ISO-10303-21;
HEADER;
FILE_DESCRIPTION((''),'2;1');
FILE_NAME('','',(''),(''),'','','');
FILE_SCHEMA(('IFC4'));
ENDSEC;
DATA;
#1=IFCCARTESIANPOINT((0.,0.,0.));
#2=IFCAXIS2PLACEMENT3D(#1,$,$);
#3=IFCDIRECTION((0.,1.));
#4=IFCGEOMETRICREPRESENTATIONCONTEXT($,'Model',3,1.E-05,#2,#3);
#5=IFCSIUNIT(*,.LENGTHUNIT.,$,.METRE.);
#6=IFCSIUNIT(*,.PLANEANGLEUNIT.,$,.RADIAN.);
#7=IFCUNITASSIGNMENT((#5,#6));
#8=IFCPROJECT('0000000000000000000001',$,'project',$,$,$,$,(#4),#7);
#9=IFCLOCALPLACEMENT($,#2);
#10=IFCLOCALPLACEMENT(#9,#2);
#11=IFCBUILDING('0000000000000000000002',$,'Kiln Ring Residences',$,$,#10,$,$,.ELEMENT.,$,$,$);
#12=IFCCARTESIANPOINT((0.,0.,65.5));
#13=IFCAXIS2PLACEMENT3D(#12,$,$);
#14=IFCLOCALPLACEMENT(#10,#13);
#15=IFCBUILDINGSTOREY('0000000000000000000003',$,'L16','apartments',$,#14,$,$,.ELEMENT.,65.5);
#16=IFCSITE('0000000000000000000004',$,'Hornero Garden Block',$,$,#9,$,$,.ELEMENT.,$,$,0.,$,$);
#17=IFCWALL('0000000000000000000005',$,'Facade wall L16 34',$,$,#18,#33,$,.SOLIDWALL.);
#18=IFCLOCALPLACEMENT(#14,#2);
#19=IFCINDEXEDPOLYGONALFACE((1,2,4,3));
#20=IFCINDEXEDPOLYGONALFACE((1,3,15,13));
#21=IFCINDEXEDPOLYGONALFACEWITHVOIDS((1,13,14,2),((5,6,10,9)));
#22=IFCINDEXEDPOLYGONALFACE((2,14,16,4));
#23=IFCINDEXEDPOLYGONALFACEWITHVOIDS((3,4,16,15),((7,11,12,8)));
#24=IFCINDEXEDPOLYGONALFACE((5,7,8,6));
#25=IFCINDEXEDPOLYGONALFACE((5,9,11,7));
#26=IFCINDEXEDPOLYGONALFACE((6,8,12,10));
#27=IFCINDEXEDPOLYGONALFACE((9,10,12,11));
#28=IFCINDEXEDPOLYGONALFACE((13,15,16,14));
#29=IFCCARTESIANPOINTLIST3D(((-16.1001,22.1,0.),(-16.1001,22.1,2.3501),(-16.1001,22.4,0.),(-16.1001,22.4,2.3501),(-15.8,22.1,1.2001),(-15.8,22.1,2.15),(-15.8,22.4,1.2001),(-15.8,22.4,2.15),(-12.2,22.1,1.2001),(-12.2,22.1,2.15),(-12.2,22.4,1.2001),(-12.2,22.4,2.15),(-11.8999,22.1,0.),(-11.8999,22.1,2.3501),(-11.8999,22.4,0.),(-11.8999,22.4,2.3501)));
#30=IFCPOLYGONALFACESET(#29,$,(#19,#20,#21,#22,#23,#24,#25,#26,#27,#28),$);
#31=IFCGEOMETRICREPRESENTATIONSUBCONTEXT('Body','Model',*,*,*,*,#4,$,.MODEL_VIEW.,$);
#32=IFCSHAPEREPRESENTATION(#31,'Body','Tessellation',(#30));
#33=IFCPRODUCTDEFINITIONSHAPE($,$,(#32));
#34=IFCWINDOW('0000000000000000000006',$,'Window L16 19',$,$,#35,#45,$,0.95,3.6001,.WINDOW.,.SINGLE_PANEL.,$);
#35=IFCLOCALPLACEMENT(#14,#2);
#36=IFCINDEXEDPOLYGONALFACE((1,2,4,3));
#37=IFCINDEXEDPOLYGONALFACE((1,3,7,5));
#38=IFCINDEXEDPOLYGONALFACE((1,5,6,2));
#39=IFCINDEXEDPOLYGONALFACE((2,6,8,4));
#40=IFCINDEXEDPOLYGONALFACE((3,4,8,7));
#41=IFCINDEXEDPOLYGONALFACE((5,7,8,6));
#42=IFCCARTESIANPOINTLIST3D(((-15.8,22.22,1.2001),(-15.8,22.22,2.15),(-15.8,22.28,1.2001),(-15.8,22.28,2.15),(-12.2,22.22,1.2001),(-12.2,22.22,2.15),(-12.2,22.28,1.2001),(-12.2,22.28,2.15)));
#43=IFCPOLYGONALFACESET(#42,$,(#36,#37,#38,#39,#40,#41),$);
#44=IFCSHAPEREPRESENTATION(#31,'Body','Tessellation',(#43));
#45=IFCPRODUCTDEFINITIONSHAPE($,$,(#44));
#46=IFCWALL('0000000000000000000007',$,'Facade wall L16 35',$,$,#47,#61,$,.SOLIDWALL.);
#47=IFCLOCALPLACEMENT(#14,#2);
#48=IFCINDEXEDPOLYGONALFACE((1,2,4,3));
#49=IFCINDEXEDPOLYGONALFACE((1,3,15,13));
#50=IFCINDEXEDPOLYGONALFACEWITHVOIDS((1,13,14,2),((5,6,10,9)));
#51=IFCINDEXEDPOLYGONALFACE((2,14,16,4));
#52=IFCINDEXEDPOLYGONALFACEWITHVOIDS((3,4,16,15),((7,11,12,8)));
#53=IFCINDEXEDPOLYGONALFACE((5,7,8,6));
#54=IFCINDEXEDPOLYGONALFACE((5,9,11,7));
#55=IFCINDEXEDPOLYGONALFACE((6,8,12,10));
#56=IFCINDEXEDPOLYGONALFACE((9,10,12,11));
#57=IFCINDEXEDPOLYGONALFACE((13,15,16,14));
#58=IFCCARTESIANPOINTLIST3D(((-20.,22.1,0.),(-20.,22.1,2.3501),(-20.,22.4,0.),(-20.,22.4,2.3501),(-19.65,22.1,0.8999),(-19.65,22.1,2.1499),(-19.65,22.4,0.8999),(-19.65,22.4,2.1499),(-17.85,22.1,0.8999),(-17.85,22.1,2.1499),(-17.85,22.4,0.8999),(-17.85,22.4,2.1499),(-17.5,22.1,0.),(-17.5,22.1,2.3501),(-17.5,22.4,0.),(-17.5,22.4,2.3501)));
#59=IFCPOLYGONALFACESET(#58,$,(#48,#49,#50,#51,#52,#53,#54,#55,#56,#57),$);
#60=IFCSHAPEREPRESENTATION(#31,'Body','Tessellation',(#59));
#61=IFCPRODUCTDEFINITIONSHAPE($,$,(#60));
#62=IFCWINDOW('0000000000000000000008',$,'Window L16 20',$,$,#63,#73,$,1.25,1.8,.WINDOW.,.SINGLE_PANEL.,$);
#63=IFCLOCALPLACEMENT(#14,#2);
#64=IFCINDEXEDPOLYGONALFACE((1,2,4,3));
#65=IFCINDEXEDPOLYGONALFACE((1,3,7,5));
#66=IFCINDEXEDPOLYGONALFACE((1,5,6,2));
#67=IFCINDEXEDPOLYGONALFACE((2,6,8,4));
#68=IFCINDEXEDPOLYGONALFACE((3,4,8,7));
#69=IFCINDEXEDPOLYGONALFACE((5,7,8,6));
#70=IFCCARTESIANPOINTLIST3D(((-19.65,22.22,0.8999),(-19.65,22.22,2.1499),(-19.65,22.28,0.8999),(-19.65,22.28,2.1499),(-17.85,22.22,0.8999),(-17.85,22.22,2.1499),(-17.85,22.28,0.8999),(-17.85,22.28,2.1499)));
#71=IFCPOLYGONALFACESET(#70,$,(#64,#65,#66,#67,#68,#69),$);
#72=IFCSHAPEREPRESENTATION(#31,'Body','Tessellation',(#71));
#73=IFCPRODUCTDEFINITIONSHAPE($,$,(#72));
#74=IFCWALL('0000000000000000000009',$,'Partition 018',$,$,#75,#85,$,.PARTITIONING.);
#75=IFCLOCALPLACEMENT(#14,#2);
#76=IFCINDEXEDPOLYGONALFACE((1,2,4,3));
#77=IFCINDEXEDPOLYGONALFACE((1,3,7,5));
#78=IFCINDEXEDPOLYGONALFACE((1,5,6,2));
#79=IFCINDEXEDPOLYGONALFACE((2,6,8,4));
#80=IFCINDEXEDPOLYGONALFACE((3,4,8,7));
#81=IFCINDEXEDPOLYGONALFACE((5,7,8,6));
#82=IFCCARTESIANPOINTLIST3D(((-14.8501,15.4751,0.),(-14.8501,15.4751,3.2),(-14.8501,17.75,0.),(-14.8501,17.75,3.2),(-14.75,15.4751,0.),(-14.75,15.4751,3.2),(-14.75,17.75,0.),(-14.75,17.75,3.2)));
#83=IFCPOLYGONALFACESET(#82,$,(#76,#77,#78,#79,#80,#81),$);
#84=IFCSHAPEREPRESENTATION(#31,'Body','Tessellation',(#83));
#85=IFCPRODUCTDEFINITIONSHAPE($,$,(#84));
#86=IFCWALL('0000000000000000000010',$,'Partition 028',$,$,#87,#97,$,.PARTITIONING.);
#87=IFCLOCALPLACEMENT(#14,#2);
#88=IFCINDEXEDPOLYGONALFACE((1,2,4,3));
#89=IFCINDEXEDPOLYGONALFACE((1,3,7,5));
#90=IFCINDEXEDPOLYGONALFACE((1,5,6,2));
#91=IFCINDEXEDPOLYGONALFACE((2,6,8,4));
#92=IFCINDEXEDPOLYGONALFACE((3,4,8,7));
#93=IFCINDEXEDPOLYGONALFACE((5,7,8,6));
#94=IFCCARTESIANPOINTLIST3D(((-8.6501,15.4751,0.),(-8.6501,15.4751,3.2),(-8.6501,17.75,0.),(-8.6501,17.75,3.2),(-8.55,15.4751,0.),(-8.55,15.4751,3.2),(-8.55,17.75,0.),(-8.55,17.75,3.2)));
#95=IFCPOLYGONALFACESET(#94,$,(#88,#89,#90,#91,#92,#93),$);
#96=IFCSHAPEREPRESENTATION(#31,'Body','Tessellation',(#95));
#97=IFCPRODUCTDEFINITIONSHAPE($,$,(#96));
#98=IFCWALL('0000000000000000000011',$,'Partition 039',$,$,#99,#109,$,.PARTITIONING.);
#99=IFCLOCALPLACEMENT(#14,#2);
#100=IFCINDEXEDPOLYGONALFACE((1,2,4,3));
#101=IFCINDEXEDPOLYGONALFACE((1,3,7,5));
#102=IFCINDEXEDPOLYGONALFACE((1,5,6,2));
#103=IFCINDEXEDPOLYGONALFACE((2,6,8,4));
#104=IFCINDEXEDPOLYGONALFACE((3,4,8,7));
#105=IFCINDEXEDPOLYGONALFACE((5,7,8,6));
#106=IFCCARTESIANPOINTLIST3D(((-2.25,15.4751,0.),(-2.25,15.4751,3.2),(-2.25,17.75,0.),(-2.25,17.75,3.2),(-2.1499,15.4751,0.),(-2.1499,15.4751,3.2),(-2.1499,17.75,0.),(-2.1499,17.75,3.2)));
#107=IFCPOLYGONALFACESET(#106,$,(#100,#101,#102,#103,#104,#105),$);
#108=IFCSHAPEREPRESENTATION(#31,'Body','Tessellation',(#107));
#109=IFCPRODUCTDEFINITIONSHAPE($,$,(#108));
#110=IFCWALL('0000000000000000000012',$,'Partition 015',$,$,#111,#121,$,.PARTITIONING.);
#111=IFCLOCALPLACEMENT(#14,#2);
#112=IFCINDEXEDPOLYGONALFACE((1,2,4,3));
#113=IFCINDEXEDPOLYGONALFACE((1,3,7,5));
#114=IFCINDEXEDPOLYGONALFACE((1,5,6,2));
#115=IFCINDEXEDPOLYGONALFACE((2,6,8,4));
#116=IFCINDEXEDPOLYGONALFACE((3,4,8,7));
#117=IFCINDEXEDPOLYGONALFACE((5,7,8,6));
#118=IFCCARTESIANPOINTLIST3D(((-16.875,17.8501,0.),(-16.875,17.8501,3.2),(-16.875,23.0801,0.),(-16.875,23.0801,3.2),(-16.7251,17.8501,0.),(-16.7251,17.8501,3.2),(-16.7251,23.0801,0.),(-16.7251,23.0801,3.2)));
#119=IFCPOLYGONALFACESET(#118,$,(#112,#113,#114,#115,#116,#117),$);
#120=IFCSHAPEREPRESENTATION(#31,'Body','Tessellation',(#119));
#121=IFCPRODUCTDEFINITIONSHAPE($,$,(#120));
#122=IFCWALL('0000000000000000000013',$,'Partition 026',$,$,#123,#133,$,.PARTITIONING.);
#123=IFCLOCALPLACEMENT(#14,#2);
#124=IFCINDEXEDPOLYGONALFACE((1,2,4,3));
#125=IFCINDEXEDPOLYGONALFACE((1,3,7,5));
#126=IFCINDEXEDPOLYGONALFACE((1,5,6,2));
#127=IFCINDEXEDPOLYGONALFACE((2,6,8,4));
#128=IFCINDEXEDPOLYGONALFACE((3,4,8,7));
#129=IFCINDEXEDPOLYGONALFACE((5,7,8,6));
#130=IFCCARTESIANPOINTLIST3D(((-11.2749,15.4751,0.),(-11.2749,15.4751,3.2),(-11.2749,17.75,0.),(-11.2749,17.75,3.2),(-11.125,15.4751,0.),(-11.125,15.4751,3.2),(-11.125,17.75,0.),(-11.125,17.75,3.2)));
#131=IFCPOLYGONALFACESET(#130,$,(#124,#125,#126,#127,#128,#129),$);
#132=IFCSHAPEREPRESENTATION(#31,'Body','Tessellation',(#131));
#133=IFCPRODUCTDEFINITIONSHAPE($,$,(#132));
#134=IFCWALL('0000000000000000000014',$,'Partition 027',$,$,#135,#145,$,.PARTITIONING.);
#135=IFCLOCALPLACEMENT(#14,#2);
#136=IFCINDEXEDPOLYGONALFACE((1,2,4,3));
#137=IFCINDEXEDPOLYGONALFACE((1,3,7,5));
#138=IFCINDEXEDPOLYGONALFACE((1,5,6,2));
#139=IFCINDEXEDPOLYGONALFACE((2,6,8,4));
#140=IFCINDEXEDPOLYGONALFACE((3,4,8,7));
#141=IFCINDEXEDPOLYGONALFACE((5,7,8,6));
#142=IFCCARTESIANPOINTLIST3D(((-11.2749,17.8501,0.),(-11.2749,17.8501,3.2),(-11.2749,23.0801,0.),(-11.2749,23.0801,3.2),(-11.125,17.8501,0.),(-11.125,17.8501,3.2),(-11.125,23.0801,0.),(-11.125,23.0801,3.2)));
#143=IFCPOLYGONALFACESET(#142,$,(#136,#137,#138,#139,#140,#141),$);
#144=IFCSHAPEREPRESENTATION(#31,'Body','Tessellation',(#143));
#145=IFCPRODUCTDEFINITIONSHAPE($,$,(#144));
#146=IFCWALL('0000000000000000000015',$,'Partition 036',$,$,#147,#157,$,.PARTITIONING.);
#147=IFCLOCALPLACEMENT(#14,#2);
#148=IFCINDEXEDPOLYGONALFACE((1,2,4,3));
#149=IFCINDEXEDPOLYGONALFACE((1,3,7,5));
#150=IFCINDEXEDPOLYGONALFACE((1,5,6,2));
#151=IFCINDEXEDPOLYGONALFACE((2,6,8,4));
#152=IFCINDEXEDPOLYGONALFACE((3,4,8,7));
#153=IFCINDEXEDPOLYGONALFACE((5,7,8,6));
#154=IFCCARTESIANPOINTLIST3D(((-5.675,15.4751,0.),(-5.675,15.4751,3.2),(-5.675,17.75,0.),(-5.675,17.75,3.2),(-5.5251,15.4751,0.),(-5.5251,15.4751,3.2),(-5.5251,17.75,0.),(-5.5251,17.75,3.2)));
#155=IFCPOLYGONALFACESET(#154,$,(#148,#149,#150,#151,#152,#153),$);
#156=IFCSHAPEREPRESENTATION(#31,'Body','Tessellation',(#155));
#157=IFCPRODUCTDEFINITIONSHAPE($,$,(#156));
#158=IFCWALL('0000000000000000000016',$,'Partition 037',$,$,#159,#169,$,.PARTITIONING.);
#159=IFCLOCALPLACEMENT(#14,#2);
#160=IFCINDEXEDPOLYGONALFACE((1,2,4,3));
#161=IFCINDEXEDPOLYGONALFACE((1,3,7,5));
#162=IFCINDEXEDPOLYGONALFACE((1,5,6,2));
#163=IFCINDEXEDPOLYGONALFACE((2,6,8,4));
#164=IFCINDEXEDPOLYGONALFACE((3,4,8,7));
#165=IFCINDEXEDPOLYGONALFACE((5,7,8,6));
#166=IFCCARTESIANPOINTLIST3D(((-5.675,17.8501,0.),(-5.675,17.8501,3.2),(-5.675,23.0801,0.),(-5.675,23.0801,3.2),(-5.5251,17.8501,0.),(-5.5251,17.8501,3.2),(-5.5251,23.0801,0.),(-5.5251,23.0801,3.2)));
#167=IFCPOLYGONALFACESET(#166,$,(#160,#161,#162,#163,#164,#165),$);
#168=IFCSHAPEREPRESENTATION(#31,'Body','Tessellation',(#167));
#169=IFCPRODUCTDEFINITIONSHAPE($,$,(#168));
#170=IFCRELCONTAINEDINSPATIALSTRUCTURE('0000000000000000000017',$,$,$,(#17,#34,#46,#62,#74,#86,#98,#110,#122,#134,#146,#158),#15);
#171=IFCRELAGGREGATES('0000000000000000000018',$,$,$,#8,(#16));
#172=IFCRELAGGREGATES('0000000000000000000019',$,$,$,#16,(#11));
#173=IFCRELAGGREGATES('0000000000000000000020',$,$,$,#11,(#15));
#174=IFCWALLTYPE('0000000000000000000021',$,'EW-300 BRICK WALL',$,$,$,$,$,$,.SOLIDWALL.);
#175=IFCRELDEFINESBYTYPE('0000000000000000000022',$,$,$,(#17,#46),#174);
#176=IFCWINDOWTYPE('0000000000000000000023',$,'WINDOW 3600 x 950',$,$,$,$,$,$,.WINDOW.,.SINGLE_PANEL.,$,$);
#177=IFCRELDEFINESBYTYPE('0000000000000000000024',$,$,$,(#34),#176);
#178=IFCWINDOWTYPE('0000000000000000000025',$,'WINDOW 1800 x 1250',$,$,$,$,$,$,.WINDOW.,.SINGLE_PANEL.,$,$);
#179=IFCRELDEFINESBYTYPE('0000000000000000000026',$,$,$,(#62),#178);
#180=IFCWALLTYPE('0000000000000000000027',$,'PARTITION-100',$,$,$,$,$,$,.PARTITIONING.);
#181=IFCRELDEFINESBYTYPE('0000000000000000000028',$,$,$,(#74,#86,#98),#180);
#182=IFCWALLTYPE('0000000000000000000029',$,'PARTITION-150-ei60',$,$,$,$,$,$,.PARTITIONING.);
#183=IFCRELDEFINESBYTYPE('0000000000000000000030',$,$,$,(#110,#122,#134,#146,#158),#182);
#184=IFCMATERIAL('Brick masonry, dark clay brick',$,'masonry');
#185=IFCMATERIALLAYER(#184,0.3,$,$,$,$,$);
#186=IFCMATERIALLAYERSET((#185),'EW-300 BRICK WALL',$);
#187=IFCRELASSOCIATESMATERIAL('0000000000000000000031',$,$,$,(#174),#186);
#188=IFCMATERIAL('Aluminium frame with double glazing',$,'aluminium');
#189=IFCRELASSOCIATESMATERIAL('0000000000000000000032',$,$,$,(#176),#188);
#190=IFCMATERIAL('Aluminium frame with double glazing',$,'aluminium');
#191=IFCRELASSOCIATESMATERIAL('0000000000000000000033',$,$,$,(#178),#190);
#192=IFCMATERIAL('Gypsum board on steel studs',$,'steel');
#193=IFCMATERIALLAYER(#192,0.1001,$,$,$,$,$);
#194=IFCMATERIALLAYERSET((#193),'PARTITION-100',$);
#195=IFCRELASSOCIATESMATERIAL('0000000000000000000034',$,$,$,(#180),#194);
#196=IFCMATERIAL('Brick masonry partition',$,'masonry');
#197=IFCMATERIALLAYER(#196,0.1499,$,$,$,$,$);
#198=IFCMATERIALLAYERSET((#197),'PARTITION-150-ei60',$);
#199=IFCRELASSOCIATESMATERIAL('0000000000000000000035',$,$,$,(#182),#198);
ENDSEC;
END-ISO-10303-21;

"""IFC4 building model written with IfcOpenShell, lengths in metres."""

from ifc_helpers import new_model, si_unit, direction, frame, frame_2d, origin, place, context, subcontext, project, spatial, rectangle, extrude, material, layer, layer_set, type_object, element, fill, save


model = new_model("IFC4")

# Units and contexts
model_context = context("Model", 3, precision=1e-05, world=origin(), true_north=direction((0.0, 1.0)))
body_context = subcontext(model_context, "Body", "Model", "MODEL_VIEW")
ifc_project = project(units=[si_unit("LENGTHUNIT", "METRE"), si_unit("PLANEANGLEUNIT", "RADIAN")], contexts=[model_context])

# Site, building, storey
site_placement = place(None, origin())
site = spatial("IfcSite", under=ifc_project, at=site_placement, Name="Hornero Garden Block", CompositionType="ELEMENT", RefElevation=0.0)
building_placement = place(site_placement, origin())
building = spatial("IfcBuilding", under=site, at=building_placement, Name="Kiln Ring Residences", CompositionType="ELEMENT")
storey_placement = place(building_placement, frame((0.0, 0.0, 65.5)))
storey = spatial("IfcBuildingStorey", under=building, at=storey_placement, Name="L16", Description="apartments", CompositionType="ELEMENT", Elevation=65.5)

# Walls, openings, windows
ifc_material_1 = material(Name="Brick masonry, dark clay brick", Category="masonry")
ifc_layer_1 = layer(ifc_material_1, 0.3)
ifc_layer_set_1 = layer_set([ifc_layer_1], Name="EW-300 BRICK WALL")
wall_type_1 = type_object("IfcWallType", Name="EW-300 BRICK WALL", PredefinedType="SOLIDWALL", material=ifc_layer_set_1)
ifc_material_2 = material(Name="Aluminium frame with double glazing", Category="aluminium")
window_type_1 = type_object("IfcWindowType", Name="WINDOW 3600 x 950", PartitioningType="SINGLE_PANEL", PredefinedType="WINDOW", material=ifc_material_2)
wall_1_placement = place(storey_placement, frame((-11.8999, 22.25, 0.0), z_axis=(0.0, 0.0, 1.0), x_axis=(-1.0, 0.0, 0.0)))
wall_1 = element("IfcWall", 1, at=wall_1_placement, inside=storey, type_object=wall_type_1, Name="Facade wall L16 34", PredefinedType="SOLIDWALL", context=body_context, shape_type="SweptSolid", body=[
    extrude(rectangle(XDim=4.2002, YDim=0.3, at=frame_2d((2.1001, 0.0))), origin(), (0.0, 0.0, 1.0), 2.3501),
])
opening_1_placement = place(wall_1_placement, frame((0.3, 0.0, 1.2)))
opening_1 = element("IfcOpeningElement", 2, at=opening_1_placement, cuts=wall_1, PredefinedType="OPENING", context=body_context, shape_type="SweptSolid", body=[
    extrude(rectangle(XDim=3.6001, YDim=0.95, at=frame_2d((1.8, 0.4751))), frame((0.0, 0.1599, 0.0), z_axis=(0.0, -1.0, 0.0), x_axis=(1.0, 0.0, 0.0)), (0.0, 0.0, 1.0), 0.3201),
])
window_1_placement = place(opening_1_placement, origin())
window_1 = element("IfcWindow", 3, at=window_1_placement, inside=storey, type_object=window_type_1, Name="Window L16 19", OverallHeight=0.95, OverallWidth=3.6001, PartitioningType="SINGLE_PANEL", PredefinedType="WINDOW", context=body_context, shape_type="SweptSolid", body=[
    extrude(rectangle(XDim=3.6001, YDim=0.95, at=frame_2d((1.8, 0.4751))), frame((0.0, 0.03, 0.0), z_axis=(0.0, -1.0, 0.0), x_axis=(1.0, 0.0, 0.0)), (0.0, 0.0, 1.0), 0.0601),
])
fill(opening_1, window_1)
wall_2_placement = place(storey_placement, frame((-17.5, 22.25, 0.0), z_axis=(0.0, 0.0, 1.0), x_axis=(-1.0, 0.0, 0.0)))
wall_2 = element("IfcWall", 4, at=wall_2_placement, inside=storey, type_object=wall_type_1, Name="Facade wall L16 35", PredefinedType="SOLIDWALL", context=body_context, shape_type="SweptSolid", body=[
    extrude(rectangle(XDim=2.5, YDim=0.3, at=frame_2d((1.25, 0.0))), origin(), (0.0, 0.0, 1.0), 2.3501),
])
opening_2_placement = place(wall_2_placement, frame((0.3501, 0.0, 0.8999)))
opening_2 = element("IfcOpeningElement", 5, at=opening_2_placement, cuts=wall_2, PredefinedType="OPENING", context=body_context, shape_type="SweptSolid", body=[
    extrude(rectangle(XDim=1.8, YDim=1.25, at=frame_2d((0.8999, 0.625))), frame((0.0, 0.1599, 0.0), z_axis=(0.0, -1.0, 0.0), x_axis=(1.0, 0.0, 0.0)), (0.0, 0.0, 1.0), 0.3201),
])
ifc_material_3 = material(Name="Aluminium frame with double glazing", Category="aluminium")
window_type_2 = type_object("IfcWindowType", Name="WINDOW 1800 x 1250", PartitioningType="SINGLE_PANEL", PredefinedType="WINDOW", material=ifc_material_3)
window_2_placement = place(opening_2_placement, origin())
window_2 = element("IfcWindow", 6, at=window_2_placement, inside=storey, type_object=window_type_2, Name="Window L16 20", OverallHeight=1.25, OverallWidth=1.8, PartitioningType="SINGLE_PANEL", PredefinedType="WINDOW", context=body_context, shape_type="SweptSolid", body=[
    extrude(rectangle(XDim=1.8, YDim=1.25, at=frame_2d((0.8999, 0.625))), frame((0.0, 0.03, 0.0), z_axis=(0.0, -1.0, 0.0), x_axis=(1.0, 0.0, 0.0)), (0.0, 0.0, 1.0), 0.0601),
])
fill(opening_2, window_2)

# Walls
ifc_material_4 = material(Name="Gypsum board on steel studs", Category="steel")
ifc_layer_2 = layer(ifc_material_4, 0.1001)
ifc_layer_set_2 = layer_set([ifc_layer_2], Name="PARTITION-100")
wall_type_2 = type_object("IfcWallType", Name="PARTITION-100", PredefinedType="PARTITIONING", material=ifc_layer_set_2)
for number, where, z_axis, x_axis, name in (
    (7, (-14.8, 15.4751, 0.0), (0.0, 0.0, 1.0), (0.0, 1.0, 0.0), "Partition 018"),
    (8, (-8.6001, 15.4751, 0.0), (0.0, 0.0, 1.0), (0.0, 1.0, 0.0), "Partition 028"),
    (9, (-2.2, 15.4751, 0.0), (0.0, 0.0, 1.0), (0.0, 1.0, 0.0), "Partition 039"),
):
    element("IfcWall", number, at=place(storey_placement, frame(where, z_axis=z_axis, x_axis=x_axis)), inside=storey, type_object=wall_type_2, Name=name, PredefinedType="PARTITIONING", context=body_context, shape_type="SweptSolid", body=[
        extrude(rectangle(XDim=2.2749, YDim=0.1001, at=frame_2d((1.1375, 0.0))), origin(), (0.0, 0.0, 1.0), 3.2),
    ])
ifc_material_5 = material(Name="Brick masonry partition", Category="masonry")
ifc_layer_3 = layer(ifc_material_5, 0.1499)
ifc_layer_set_3 = layer_set([ifc_layer_3], Name="PARTITION-150-ei60")
wall_type_3 = type_object("IfcWallType", Name="PARTITION-150-ei60", PredefinedType="PARTITIONING", material=ifc_layer_set_3)
wall_3_placement = place(storey_placement, frame((-16.8, 17.8501, 0.0), z_axis=(0.0, 0.0, 1.0), x_axis=(0.0, 1.0, 0.0)))
element("IfcWall", 10, at=wall_3_placement, inside=storey, type_object=wall_type_3, Name="Partition 015", PredefinedType="PARTITIONING", context=body_context, shape_type="SweptSolid", body=[
    extrude(rectangle(XDim=5.23, YDim=0.1499, at=frame_2d((2.615, 0.0))), origin(), (0.0, 0.0, 1.0), 3.2),
])
wall_4_placement = place(storey_placement, frame((-11.2, 15.4751, 0.0), z_axis=(0.0, 0.0, 1.0), x_axis=(0.0, 1.0, 0.0)))
element("IfcWall", 11, at=wall_4_placement, inside=storey, type_object=wall_type_3, Name="Partition 026", PredefinedType="PARTITIONING", context=body_context, shape_type="SweptSolid", body=[
    extrude(rectangle(XDim=2.2749, YDim=0.1499, at=frame_2d((1.1375, 0.0))), origin(), (0.0, 0.0, 1.0), 3.2),
])
wall_5_placement = place(storey_placement, frame((-11.2, 17.8501, 0.0), z_axis=(0.0, 0.0, 1.0), x_axis=(0.0, 1.0, 0.0)))
element("IfcWall", 12, at=wall_5_placement, inside=storey, type_object=wall_type_3, Name="Partition 027", PredefinedType="PARTITIONING", context=body_context, shape_type="SweptSolid", body=[
    extrude(rectangle(XDim=5.23, YDim=0.1499, at=frame_2d((2.615, 0.0))), origin(), (0.0, 0.0, 1.0), 3.2),
])
wall_6_placement = place(storey_placement, frame((-5.6001, 15.4751, 0.0), z_axis=(0.0, 0.0, 1.0), x_axis=(0.0, 1.0, 0.0)))
element("IfcWall", 13, at=wall_6_placement, inside=storey, type_object=wall_type_3, Name="Partition 036", PredefinedType="PARTITIONING", context=body_context, shape_type="SweptSolid", body=[
    extrude(rectangle(XDim=2.2749, YDim=0.1499, at=frame_2d((1.1375, 0.0))), origin(), (0.0, 0.0, 1.0), 3.2),
])
wall_7_placement = place(storey_placement, frame((-5.6001, 17.8501, 0.0), z_axis=(0.0, 0.0, 1.0), x_axis=(0.0, 1.0, 0.0)))
element("IfcWall", 14, at=wall_7_placement, inside=storey, type_object=wall_type_3, Name="Partition 037", PredefinedType="PARTITIONING", context=body_context, shape_type="SweptSolid", body=[
    extrude(rectangle(XDim=5.23, YDim=0.1499, at=frame_2d((2.615, 0.0))), origin(), (0.0, 0.0, 1.0), 3.2),
])

save(model, "model.ifc")
